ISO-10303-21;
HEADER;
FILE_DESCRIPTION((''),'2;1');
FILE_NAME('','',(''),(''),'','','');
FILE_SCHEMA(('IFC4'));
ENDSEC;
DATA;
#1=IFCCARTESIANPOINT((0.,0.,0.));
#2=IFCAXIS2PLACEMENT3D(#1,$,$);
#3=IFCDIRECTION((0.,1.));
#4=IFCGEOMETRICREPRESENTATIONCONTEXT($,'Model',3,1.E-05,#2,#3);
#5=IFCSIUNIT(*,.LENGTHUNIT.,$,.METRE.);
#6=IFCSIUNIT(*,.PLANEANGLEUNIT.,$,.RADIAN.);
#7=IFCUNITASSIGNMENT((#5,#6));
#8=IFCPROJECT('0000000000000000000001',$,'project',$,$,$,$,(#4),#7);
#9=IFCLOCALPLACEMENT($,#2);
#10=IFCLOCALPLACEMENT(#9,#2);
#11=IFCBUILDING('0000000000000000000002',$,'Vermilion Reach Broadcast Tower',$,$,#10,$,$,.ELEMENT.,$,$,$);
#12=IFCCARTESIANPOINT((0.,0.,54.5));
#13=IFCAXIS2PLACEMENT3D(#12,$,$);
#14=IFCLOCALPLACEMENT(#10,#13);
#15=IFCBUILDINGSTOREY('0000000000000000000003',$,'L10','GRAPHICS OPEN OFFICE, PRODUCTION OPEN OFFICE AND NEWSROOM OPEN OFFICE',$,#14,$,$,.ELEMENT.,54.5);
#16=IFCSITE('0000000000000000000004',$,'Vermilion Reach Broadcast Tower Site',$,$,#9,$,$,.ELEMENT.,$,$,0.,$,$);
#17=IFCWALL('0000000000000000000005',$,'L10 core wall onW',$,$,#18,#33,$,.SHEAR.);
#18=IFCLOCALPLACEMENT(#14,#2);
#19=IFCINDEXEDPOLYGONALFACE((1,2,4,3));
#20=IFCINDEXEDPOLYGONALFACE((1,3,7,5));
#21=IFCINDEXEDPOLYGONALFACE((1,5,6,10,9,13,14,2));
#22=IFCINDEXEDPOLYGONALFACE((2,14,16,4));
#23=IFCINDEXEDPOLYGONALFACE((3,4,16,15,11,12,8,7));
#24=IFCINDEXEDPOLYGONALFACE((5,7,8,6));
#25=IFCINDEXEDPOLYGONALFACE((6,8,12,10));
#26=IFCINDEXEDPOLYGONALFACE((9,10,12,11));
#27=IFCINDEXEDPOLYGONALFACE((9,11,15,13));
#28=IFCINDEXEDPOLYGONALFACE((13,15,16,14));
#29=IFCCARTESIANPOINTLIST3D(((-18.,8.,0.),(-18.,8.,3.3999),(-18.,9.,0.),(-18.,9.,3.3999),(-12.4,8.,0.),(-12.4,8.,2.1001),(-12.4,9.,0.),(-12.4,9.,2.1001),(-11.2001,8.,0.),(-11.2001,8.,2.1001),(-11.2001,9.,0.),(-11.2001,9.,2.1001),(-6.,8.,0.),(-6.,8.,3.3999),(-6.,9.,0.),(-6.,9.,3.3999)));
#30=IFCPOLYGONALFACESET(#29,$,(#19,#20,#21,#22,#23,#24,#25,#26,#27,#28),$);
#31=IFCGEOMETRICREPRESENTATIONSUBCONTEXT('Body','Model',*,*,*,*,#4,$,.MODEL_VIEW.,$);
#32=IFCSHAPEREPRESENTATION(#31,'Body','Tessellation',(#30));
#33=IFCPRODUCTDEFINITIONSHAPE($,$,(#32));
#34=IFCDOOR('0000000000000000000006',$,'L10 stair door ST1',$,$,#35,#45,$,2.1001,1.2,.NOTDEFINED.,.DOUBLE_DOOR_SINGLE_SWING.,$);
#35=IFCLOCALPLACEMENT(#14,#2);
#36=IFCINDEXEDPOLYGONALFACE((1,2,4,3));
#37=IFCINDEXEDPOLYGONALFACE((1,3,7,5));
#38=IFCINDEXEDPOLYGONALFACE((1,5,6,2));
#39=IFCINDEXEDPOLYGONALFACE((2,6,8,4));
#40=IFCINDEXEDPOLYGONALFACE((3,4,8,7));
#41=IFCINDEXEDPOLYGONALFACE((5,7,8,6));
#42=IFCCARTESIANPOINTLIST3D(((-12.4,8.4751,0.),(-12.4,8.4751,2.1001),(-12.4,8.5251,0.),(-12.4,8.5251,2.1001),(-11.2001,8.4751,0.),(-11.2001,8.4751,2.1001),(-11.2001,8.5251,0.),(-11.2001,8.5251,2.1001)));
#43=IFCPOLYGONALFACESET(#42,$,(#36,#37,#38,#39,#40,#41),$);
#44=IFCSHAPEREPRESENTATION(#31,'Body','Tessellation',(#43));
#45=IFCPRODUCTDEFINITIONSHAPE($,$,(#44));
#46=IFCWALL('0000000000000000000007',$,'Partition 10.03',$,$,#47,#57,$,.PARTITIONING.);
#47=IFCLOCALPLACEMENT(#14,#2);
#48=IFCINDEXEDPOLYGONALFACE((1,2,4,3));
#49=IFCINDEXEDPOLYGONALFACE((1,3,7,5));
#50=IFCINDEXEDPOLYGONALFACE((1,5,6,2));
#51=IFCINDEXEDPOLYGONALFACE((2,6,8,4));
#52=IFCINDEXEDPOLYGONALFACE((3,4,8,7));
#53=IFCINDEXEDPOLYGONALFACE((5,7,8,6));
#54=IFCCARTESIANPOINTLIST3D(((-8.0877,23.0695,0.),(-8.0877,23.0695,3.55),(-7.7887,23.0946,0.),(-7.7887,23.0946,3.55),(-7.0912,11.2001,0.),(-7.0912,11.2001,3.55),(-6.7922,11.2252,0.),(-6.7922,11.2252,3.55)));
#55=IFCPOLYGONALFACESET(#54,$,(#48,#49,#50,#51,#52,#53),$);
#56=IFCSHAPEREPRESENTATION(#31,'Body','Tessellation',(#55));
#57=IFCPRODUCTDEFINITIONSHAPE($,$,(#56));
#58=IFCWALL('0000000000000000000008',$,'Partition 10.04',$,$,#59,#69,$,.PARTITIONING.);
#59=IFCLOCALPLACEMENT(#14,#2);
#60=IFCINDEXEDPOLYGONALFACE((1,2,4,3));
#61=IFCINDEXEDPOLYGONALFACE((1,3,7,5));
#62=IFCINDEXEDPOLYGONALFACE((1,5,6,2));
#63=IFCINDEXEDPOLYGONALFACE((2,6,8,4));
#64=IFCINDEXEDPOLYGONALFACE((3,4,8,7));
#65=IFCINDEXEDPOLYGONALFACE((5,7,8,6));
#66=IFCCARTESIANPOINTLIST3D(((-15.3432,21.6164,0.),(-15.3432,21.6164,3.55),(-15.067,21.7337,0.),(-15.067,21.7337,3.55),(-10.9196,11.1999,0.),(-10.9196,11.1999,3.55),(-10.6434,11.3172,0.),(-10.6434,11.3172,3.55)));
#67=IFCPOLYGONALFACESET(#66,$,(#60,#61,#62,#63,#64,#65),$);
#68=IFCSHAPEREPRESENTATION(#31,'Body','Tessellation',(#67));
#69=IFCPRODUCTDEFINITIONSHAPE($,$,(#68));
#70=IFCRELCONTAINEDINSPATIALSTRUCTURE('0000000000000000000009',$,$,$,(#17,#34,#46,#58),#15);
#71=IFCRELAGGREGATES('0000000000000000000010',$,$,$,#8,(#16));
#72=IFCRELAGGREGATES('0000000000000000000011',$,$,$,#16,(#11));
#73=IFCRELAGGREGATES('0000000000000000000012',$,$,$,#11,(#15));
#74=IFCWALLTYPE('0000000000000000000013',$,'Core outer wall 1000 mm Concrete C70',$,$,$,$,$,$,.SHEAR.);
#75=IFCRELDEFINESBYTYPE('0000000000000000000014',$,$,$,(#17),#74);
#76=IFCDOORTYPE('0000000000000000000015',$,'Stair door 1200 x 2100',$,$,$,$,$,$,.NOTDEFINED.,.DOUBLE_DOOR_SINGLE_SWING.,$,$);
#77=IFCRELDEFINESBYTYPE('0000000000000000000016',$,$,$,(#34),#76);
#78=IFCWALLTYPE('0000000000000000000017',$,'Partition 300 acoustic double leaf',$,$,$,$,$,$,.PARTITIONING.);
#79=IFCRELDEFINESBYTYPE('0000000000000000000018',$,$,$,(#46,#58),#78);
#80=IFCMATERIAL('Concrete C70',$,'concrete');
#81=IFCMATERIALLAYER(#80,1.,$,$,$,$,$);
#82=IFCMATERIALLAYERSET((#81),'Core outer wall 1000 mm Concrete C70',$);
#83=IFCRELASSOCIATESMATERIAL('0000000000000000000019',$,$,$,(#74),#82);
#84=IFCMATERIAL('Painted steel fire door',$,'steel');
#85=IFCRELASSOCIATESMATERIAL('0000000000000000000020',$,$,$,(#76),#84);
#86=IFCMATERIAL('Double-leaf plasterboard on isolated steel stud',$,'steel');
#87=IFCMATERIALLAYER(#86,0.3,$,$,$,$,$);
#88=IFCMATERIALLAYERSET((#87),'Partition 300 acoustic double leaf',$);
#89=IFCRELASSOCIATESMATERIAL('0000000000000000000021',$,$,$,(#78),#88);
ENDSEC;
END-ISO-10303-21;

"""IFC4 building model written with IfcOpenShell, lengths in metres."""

from ifc_helpers import new_model, si_unit, direction, frame, frame_2d, origin, place, context, subcontext, project, spatial, rectangle, extrude, material, layer, layer_set, type_object, element, fill, save


model = new_model("IFC4")

# Units and contexts
model_context = context("Model", 3, precision=1e-05, world=origin(), true_north=direction((0.0, 1.0)))
body_context = subcontext(model_context, "Body", "Model", "MODEL_VIEW")
ifc_project = project(units=[si_unit("LENGTHUNIT", "METRE"), si_unit("PLANEANGLEUNIT", "RADIAN")], contexts=[model_context])

# Site, building, storey
site_placement = place(None, origin())
site = spatial("IfcSite", under=ifc_project, at=site_placement, Name="Vermilion Reach Broadcast Tower Site", CompositionType="ELEMENT", RefElevation=0.0)
building_placement = place(site_placement, origin())
building = spatial("IfcBuilding", under=site, at=building_placement, Name="Vermilion Reach Broadcast Tower", CompositionType="ELEMENT")
storey_placement = place(building_placement, frame((0.0, 0.0, 54.5)))
storey = spatial("IfcBuildingStorey", under=building, at=storey_placement, Name="L10", Description="GRAPHICS OPEN OFFICE, PRODUCTION OPEN OFFICE AND NEWSROOM OPEN OFFICE", CompositionType="ELEMENT", Elevation=54.5)

# Wall, opening, door
ifc_material_1 = material(Name="Concrete C70", Category="concrete")
ifc_layer_1 = layer(ifc_material_1, 1.0)
ifc_layer_set_1 = layer_set([ifc_layer_1], Name="Core outer wall 1000 mm Concrete C70")
wall_type_1 = type_object("IfcWallType", Name="Core outer wall 1000 mm Concrete C70", PredefinedType="SHEAR", material=ifc_layer_set_1)
wall_1_placement = place(storey_placement, frame((-6.0, 8.5, 0.0), z_axis=(0.0, 0.0, 1.0), x_axis=(-1.0, 0.0, 0.0)))
wall_1 = element("IfcWall", 1, at=wall_1_placement, inside=storey, type_object=wall_type_1, Name="L10 core wall onW", PredefinedType="SHEAR", context=body_context, shape_type="SweptSolid", body=[
    extrude(rectangle(XDim=12.0, YDim=1.0, at=frame_2d((6.0, 0.0))), origin(), (0.0, 0.0, 1.0), 3.3999),
])
opening_placement = place(wall_1_placement, frame((5.2, 0.0, 0.0)))
opening = element("IfcOpeningElement", 2, at=opening_placement, cuts=wall_1, PredefinedType="OPENING", context=body_context, shape_type="SweptSolid", body=[
    extrude(rectangle(XDim=1.2, YDim=2.1001, at=frame_2d((0.6001, 1.05))), frame((0.0, 0.51, 0.0), z_axis=(0.0, -1.0, 0.0), x_axis=(1.0, 0.0, 0.0)), (0.0, 0.0, 1.0), 1.02),
])
ifc_material_2 = material(Name="Painted steel fire door", Category="steel")
door_type = type_object("IfcDoorType", Name="Stair door 1200 x 2100", OperationType="DOUBLE_DOOR_SINGLE_SWING", PredefinedType="NOTDEFINED", material=ifc_material_2)
door_placement = place(opening_placement, origin())
door = element("IfcDoor", 3, at=door_placement, inside=storey, type_object=door_type, Name="L10 stair door ST1", OperationType="DOUBLE_DOOR_SINGLE_SWING", OverallHeight=2.1001, OverallWidth=1.2, PredefinedType="NOTDEFINED", context=body_context, shape_type="SweptSolid", body=[
    extrude(rectangle(XDim=1.2, YDim=2.1001, at=frame_2d((0.6001, 1.05))), frame((0.0, 0.0249, 0.0), z_axis=(0.0, -1.0, 0.0), x_axis=(1.0, 0.0, 0.0)), (0.0, 0.0, 1.0), 0.05),
])
fill(opening, door)

# Walls
ifc_material_3 = material(Name="Double-leaf plasterboard on isolated steel stud", Category="steel")
ifc_layer_2 = layer(ifc_material_3, 0.3)
ifc_layer_set_2 = layer_set([ifc_layer_2], Name="Partition 300 acoustic double leaf")
wall_type_2 = type_object("IfcWallType", Name="Partition 300 acoustic double leaf", PredefinedType="PARTITIONING", material=ifc_layer_set_2)
wall_2_placement = place(storey_placement, frame((-7.9382, 23.082, 0.0), z_axis=(0.0, 0.0, 1.0), x_axis=(0.083668, -0.996494, 0.0)))
element("IfcWall", 4, at=wall_2_placement, inside=storey, type_object=wall_type_2, Name="Partition 10.03", PredefinedType="PARTITIONING", context=body_context, shape_type="SweptSolid", body=[
    extrude(rectangle(XDim=11.9111, YDim=0.3, at=frame_2d((5.9556, 0.0))), origin(), (0.0, 0.0, 1.0), 3.55),
])
wall_3_placement = place(storey_placement, frame((-15.2051, 21.675, 0.0), z_axis=(0.0, 0.0, 1.0), x_axis=(0.390884, -0.92044, 0.0)))
element("IfcWall", 5, at=wall_3_placement, inside=storey, type_object=wall_type_2, Name="Partition 10.04", PredefinedType="PARTITIONING", context=body_context, shape_type="SweptSolid", body=[
    extrude(rectangle(XDim=11.3169, YDim=0.3, at=frame_2d((5.6584, 0.0))), origin(), (0.0, 0.0, 1.0), 3.55),
])

save(model, "model.ifc")
